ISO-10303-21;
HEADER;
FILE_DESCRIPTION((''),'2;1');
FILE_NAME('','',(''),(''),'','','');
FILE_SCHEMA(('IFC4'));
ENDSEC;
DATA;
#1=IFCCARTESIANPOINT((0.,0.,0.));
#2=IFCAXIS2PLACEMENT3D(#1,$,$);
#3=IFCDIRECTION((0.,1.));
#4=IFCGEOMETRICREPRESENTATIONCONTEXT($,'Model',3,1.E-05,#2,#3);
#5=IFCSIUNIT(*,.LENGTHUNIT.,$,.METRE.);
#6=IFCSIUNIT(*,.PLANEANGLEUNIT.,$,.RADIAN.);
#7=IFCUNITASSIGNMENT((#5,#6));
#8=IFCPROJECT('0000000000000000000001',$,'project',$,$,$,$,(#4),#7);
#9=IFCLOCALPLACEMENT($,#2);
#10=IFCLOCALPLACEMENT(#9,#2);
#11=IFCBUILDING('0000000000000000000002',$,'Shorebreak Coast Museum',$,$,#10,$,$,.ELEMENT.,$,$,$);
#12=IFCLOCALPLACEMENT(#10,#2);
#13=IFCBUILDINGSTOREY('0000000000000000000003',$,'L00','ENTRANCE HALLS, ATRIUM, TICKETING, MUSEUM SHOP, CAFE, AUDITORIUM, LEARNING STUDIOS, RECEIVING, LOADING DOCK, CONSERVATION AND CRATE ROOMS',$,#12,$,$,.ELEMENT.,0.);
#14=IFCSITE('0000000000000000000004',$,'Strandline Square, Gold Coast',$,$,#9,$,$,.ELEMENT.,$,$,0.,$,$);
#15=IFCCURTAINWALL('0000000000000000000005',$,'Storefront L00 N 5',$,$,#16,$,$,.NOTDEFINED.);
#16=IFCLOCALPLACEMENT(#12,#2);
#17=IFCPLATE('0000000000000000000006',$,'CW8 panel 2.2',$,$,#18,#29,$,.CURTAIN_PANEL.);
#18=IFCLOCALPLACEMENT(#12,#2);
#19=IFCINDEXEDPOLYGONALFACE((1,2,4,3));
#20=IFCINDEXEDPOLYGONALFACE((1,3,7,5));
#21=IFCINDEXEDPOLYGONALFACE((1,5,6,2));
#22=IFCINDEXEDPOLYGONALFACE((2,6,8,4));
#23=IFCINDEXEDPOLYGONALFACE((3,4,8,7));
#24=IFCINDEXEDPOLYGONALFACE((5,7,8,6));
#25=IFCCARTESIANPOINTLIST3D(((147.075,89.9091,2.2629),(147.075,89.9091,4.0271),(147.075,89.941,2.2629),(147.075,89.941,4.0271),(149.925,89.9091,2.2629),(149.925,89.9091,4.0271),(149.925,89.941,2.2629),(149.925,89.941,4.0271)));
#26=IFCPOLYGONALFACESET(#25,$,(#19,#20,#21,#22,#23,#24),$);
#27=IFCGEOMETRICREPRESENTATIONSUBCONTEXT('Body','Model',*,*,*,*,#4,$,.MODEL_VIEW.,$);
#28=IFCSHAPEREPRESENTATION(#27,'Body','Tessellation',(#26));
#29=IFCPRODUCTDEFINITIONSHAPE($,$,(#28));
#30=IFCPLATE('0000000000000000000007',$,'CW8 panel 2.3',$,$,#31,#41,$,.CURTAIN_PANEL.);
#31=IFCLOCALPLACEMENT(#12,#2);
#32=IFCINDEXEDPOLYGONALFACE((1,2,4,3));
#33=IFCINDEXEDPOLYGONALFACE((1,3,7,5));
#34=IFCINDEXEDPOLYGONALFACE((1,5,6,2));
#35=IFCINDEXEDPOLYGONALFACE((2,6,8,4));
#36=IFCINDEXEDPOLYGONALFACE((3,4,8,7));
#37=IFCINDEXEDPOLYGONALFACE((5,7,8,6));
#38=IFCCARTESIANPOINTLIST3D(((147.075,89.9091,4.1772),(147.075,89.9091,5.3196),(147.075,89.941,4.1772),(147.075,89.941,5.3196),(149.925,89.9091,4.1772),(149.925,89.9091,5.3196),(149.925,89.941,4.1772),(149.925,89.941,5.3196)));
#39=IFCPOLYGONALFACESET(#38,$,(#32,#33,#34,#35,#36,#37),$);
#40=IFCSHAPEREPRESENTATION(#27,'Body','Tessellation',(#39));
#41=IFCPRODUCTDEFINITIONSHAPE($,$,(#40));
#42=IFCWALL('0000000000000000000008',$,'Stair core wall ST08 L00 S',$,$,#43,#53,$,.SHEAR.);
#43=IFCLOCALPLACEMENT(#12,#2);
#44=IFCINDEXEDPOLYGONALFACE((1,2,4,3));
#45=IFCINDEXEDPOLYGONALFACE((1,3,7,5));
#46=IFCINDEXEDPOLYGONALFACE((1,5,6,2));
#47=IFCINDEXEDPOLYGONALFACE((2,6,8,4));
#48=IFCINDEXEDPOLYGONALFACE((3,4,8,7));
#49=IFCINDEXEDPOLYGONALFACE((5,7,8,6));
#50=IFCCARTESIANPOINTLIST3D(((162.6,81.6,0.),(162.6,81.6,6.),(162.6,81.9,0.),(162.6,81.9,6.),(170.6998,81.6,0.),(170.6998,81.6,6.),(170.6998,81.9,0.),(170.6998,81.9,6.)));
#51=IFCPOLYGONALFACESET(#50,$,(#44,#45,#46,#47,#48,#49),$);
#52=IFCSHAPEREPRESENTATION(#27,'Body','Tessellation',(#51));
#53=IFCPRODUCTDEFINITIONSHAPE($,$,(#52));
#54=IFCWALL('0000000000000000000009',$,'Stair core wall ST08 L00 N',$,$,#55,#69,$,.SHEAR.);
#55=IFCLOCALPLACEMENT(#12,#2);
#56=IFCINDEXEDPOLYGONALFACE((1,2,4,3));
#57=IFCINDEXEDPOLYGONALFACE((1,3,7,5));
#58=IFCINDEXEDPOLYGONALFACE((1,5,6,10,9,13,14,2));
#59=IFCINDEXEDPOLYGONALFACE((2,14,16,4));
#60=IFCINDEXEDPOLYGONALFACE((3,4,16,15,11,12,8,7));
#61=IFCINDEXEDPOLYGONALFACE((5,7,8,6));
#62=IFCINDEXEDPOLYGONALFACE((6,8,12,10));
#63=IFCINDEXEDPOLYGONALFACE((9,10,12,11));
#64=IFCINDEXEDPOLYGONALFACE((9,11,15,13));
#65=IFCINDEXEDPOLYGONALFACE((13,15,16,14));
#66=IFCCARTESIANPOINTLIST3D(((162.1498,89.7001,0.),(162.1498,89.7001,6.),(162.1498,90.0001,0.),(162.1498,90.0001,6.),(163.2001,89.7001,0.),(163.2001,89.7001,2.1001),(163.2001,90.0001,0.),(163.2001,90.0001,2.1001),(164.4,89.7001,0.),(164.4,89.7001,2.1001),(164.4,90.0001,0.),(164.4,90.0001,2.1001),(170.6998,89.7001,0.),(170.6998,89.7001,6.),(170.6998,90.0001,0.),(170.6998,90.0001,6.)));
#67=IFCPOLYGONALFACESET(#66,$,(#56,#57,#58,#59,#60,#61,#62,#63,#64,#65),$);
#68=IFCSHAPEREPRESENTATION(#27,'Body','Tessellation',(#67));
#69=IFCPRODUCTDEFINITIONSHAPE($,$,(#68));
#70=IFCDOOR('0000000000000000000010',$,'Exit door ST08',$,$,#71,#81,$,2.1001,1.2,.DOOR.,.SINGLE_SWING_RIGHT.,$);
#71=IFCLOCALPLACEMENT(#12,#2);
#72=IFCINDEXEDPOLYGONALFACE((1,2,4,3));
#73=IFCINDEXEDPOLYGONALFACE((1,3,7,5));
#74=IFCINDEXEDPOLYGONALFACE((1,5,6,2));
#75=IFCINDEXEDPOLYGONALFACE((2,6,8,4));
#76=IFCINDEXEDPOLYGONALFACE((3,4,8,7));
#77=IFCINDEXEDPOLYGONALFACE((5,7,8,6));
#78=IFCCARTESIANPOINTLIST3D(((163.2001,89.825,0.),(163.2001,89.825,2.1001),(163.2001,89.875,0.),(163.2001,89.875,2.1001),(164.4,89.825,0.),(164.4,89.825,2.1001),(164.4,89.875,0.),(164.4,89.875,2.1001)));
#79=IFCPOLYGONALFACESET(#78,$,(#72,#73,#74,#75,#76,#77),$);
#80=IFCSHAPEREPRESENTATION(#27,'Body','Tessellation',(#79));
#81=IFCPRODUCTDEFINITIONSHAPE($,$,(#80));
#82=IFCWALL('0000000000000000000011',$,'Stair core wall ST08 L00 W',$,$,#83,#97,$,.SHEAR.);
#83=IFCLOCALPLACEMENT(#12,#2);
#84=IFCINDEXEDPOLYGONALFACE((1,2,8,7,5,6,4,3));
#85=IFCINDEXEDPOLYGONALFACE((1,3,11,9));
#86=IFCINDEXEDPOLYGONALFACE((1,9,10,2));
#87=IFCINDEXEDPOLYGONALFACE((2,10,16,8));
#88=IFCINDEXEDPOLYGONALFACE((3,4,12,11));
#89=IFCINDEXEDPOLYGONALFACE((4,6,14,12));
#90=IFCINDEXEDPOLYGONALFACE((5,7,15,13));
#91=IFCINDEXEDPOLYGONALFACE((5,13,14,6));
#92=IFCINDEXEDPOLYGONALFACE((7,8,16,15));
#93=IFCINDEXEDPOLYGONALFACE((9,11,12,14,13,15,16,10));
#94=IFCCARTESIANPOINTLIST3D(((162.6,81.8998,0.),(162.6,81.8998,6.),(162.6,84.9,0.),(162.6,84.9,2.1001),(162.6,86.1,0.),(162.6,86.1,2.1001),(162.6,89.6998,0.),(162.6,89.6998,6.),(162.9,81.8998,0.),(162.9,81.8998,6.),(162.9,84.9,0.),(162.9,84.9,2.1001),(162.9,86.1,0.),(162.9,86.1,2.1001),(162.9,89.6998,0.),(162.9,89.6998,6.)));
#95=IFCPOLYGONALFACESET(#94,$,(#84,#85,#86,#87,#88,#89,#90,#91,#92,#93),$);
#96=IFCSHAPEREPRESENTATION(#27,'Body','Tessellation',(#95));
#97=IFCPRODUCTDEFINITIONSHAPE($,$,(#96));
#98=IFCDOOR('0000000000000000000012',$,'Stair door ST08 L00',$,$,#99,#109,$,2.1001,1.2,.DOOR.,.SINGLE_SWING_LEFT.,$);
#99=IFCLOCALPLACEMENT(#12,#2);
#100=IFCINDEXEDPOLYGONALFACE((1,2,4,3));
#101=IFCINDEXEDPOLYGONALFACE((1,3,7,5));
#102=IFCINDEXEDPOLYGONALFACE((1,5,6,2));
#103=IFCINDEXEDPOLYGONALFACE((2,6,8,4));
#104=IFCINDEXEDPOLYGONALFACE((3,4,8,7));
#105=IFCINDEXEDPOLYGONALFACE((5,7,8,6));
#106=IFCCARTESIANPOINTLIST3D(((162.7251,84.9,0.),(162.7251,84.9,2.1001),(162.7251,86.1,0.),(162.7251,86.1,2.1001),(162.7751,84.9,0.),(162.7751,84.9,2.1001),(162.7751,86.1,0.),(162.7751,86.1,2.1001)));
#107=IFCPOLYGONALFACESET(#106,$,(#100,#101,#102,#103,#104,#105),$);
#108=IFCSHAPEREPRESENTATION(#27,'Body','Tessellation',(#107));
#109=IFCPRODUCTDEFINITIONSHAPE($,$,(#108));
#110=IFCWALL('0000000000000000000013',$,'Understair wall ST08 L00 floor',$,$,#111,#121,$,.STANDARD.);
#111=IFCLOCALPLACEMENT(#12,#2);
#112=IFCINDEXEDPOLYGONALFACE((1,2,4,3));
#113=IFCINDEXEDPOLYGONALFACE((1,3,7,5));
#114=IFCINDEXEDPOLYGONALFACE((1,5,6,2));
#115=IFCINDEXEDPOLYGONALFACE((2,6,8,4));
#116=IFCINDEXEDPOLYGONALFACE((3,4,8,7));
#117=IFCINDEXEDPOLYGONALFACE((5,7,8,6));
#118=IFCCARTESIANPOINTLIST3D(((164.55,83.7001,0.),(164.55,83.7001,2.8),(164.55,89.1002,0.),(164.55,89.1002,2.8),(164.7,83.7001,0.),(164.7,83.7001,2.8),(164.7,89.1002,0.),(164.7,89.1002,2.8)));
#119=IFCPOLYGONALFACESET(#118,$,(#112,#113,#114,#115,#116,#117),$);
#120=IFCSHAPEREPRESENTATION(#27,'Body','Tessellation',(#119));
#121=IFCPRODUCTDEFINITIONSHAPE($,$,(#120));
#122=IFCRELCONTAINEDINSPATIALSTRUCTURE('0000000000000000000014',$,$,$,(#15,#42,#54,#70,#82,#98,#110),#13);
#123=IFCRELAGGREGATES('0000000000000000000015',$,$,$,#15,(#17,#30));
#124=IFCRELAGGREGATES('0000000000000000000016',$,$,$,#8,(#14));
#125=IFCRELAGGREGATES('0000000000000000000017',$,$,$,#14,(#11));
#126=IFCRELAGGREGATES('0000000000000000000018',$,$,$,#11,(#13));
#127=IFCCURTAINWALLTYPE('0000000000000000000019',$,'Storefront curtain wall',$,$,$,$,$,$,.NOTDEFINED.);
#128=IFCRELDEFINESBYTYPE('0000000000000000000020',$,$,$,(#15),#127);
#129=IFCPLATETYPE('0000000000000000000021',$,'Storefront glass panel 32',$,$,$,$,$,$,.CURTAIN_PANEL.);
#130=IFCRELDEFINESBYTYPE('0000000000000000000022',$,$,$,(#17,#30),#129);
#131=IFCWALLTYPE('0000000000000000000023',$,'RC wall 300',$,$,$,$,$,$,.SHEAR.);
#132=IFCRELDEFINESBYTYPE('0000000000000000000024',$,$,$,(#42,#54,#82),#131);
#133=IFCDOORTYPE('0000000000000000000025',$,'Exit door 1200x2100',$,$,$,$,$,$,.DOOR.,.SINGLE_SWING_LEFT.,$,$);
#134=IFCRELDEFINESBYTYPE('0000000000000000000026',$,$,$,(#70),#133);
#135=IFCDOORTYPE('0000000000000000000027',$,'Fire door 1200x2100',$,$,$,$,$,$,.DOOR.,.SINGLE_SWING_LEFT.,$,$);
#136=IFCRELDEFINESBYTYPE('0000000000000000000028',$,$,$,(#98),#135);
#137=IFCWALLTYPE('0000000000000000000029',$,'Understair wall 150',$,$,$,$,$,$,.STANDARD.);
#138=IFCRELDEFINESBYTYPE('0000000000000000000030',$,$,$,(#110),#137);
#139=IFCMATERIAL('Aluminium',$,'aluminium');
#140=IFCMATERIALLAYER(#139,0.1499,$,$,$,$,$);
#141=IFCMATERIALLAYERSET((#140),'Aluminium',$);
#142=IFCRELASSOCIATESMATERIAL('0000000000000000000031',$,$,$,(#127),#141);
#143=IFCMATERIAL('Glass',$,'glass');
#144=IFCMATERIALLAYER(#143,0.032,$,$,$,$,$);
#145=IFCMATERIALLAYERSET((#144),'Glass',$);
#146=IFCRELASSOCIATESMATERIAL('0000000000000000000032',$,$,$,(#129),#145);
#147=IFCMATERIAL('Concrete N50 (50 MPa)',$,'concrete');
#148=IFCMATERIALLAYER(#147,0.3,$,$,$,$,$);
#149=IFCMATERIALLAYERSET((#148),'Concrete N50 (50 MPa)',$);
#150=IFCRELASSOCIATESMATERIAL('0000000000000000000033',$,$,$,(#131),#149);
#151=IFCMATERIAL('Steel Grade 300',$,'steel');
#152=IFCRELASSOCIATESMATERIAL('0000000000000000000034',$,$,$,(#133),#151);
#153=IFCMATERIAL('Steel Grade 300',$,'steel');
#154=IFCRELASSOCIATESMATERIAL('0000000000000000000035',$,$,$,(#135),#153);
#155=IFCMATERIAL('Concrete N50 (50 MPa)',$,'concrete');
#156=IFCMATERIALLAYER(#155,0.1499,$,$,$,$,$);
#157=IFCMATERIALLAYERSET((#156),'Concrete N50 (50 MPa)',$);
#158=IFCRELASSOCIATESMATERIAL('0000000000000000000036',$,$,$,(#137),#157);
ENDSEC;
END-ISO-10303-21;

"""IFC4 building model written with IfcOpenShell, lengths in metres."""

from ifc_helpers import new_model, si_unit, direction, frame, frame_2d, origin, origin_2d, place, context, subcontext, project, spatial, rectangle, extrude, material, layer, layer_set, type_object, element, fill, aggregate, save


model = new_model("IFC4")

# Units and contexts
model_context = context("Model", 3, precision=1e-05, world=origin(), true_north=direction((0.0, 1.0)))
body_context = subcontext(model_context, "Body", "Model", "MODEL_VIEW")
ifc_project = project(units=[si_unit("LENGTHUNIT", "METRE"), si_unit("PLANEANGLEUNIT", "RADIAN")], contexts=[model_context])

# Site, building, storey
site_placement = place(None, origin())
site = spatial("IfcSite", under=ifc_project, at=site_placement, Name="Strandline Square, Gold Coast", CompositionType="ELEMENT", RefElevation=0.0)
building_placement = place(site_placement, origin())
building = spatial("IfcBuilding", under=site, at=building_placement, Name="Shorebreak Coast Museum", CompositionType="ELEMENT")
storey_placement = place(building_placement, origin())
storey = spatial("IfcBuildingStorey", under=building, at=storey_placement, Name="L00", Description="ENTRANCE HALLS, ATRIUM, TICKETING, MUSEUM SHOP, CAFE, AUDITORIUM, LEARNING STUDIOS, RECEIVING, LOADING DOCK, CONSERVATION AND CRATE ROOMS", CompositionType="ELEMENT", Elevation=0.0)

# Curtain wall, plates
ifc_material_1 = material(Name="Aluminium", Category="aluminium")
ifc_layer_1 = layer(ifc_material_1, 0.1499)
ifc_layer_set_1 = layer_set([ifc_layer_1], Name="Aluminium")
curtain_wall_type = type_object("IfcCurtainWallType", Name="Storefront curtain wall", PredefinedType="NOTDEFINED", material=ifc_layer_set_1)
curtain_wall_placement = place(storey_placement, origin())
curtain_wall = element("IfcCurtainWall", 1, at=curtain_wall_placement, inside=storey, type_object=curtain_wall_type, Name="Storefront L00 N 5", PredefinedType="NOTDEFINED")
ifc_material_2 = material(Name="Glass", Category="glass")
ifc_layer_2 = layer(ifc_material_2, 0.032)
ifc_layer_set_2 = layer_set([ifc_layer_2], Name="Glass")
plate_type = type_object("IfcPlateType", Name="Storefront glass panel 32", PredefinedType="CURTAIN_PANEL", material=ifc_layer_set_2)
plate_1_placement = place(storey_placement, frame((148.5, 89.925, 2.2629), z_axis=(0.0, 0.0, 1.0), x_axis=(1.0, 0.0, 0.0)))
plate_1 = element("IfcPlate", 2, at=plate_1_placement, type_object=plate_type, Name="CW8 panel 2.2", PredefinedType="CURTAIN_PANEL", context=body_context, shape_type="SweptSolid", body=[
    extrude(rectangle(XDim=2.8501, YDim=0.032, at=origin_2d()), origin(), (0.0, 0.0, 1.0), 1.7642),
])
plate_2_placement = place(storey_placement, frame((148.5, 89.925, 4.1772), z_axis=(0.0, 0.0, 1.0), x_axis=(1.0, 0.0, 0.0)))
plate_2 = element("IfcPlate", 3, at=plate_2_placement, type_object=plate_type, Name="CW8 panel 2.3", PredefinedType="CURTAIN_PANEL", context=body_context, shape_type="SweptSolid", body=[
    extrude(rectangle(XDim=2.8501, YDim=0.032, at=origin_2d()), origin(), (0.0, 0.0, 1.0), 1.1423),
])
aggregate(curtain_wall, [plate_1, plate_2])

# Wall
ifc_material_3 = material(Name="Concrete N50 (50 MPa)", Category="concrete")
ifc_layer_3 = layer(ifc_material_3, 0.3)
ifc_layer_set_3 = layer_set([ifc_layer_3], Name="Concrete N50 (50 MPa)")
wall_type_1 = type_object("IfcWallType", Name="RC wall 300", PredefinedType="SHEAR", material=ifc_layer_set_3)
wall_1_placement = place(storey_placement, frame((162.6001, 81.75, 0.0), z_axis=(0.0, 0.0, 1.0), x_axis=(1.0, 0.0, 0.0)))
element("IfcWall", 4, at=wall_1_placement, inside=storey, type_object=wall_type_1, Name="Stair core wall ST08 L00 S", PredefinedType="SHEAR", context=body_context, shape_type="SweptSolid", body=[
    extrude(rectangle(XDim=8.0999, YDim=0.3, at=frame_2d((4.0498, 0.0))), origin(), (0.0, 0.0, 1.0), 6.0),
])

# Walls, openings, doors
wall_2_placement = place(storey_placement, frame((162.1499, 89.8501, 0.0), z_axis=(0.0, 0.0, 1.0), x_axis=(1.0, 0.0, 0.0)))
wall_2 = element("IfcWall", 5, at=wall_2_placement, inside=storey, type_object=wall_type_1, Name="Stair core wall ST08 L00 N", PredefinedType="SHEAR", context=body_context, shape_type="SweptSolid", body=[
    extrude(rectangle(XDim=8.55, YDim=0.3, at=frame_2d((4.2749, 0.0))), origin(), (0.0, 0.0, 1.0), 6.0),
])
opening_1_placement = place(wall_2_placement, frame((1.05, 0.0, 0.0)))
opening_1 = element("IfcOpeningElement", 6, at=opening_1_placement, cuts=wall_2, PredefinedType="OPENING", context=body_context, shape_type="SweptSolid", body=[
    extrude(rectangle(XDim=1.2, YDim=2.1001, at=frame_2d((0.6001, 1.05))), frame((0.0, 0.1599, 0.0), z_axis=(0.0, -1.0, 0.0), x_axis=(1.0, 0.0, 0.0)), (0.0, 0.0, 1.0), 0.3201),
])
ifc_material_4 = material(Name="Steel Grade 300", Category="steel")
door_type_1 = type_object("IfcDoorType", Name="Exit door 1200x2100", OperationType="SINGLE_SWING_LEFT", PredefinedType="DOOR", material=ifc_material_4)
door_1_placement = place(opening_1_placement, origin())
door_1 = element("IfcDoor", 7, at=door_1_placement, inside=storey, type_object=door_type_1, Name="Exit door ST08", OperationType="SINGLE_SWING_RIGHT", OverallHeight=2.1001, OverallWidth=1.2, PredefinedType="DOOR", context=body_context, shape_type="SweptSolid", body=[
    extrude(rectangle(XDim=1.2, YDim=2.1001, at=frame_2d((0.6001, 1.05))), frame((0.0, 0.0249, 0.0), z_axis=(0.0, -1.0, 0.0), x_axis=(1.0, 0.0, 0.0)), (0.0, 0.0, 1.0), 0.05),
])
fill(opening_1, door_1)
wall_3_placement = place(storey_placement, frame((162.75, 81.8999, 0.0), z_axis=(0.0, 0.0, 1.0), x_axis=(0.0, 1.0, 0.0)))
wall_3 = element("IfcWall", 8, at=wall_3_placement, inside=storey, type_object=wall_type_1, Name="Stair core wall ST08 L00 W", PredefinedType="SHEAR", context=body_context, shape_type="SweptSolid", body=[
    extrude(rectangle(XDim=7.8, YDim=0.3, at=frame_2d((3.8999, 0.0))), origin(), (0.0, 0.0, 1.0), 6.0),
])
opening_2_placement = place(wall_3_placement, frame((3.0, 0.0, 0.0)))
opening_2 = element("IfcOpeningElement", 9, at=opening_2_placement, cuts=wall_3, PredefinedType="OPENING", context=body_context, shape_type="SweptSolid", body=[
    extrude(rectangle(XDim=1.2, YDim=2.1001, at=frame_2d((0.6001, 1.05))), frame((0.0, 0.1599, 0.0), z_axis=(0.0, -1.0, 0.0), x_axis=(1.0, 0.0, 0.0)), (0.0, 0.0, 1.0), 0.3201),
])
ifc_material_5 = material(Name="Steel Grade 300", Category="steel")
door_type_2 = type_object("IfcDoorType", Name="Fire door 1200x2100", OperationType="SINGLE_SWING_LEFT", PredefinedType="DOOR", material=ifc_material_5)
door_2_placement = place(opening_2_placement, origin())
door_2 = element("IfcDoor", 10, at=door_2_placement, inside=storey, type_object=door_type_2, Name="Stair door ST08 L00", OperationType="SINGLE_SWING_LEFT", OverallHeight=2.1001, OverallWidth=1.2, PredefinedType="DOOR", context=body_context, shape_type="SweptSolid", body=[
    extrude(rectangle(XDim=1.2, YDim=2.1001, at=frame_2d((0.6001, 1.05))), frame((0.0, 0.0249, 0.0), z_axis=(0.0, -1.0, 0.0), x_axis=(1.0, 0.0, 0.0)), (0.0, 0.0, 1.0), 0.05),
])
fill(opening_2, door_2)

# Wall
ifc_material_6 = material(Name="Concrete N50 (50 MPa)", Category="concrete")
ifc_layer_4 = layer(ifc_material_6, 0.1499)
ifc_layer_set_4 = layer_set([ifc_layer_4], Name="Concrete N50 (50 MPa)")
wall_type_2 = type_object("IfcWallType", Name="Understair wall 150", PredefinedType="STANDARD", material=ifc_layer_set_4)
wall_4_placement = place(storey_placement, frame((164.625, 83.7, 0.0), z_axis=(0.0, 0.0, 1.0), x_axis=(0.0, 1.0, 0.0)))
element("IfcWall", 11, at=wall_4_placement, inside=storey, type_object=wall_type_2, Name="Understair wall ST08 L00 floor", PredefinedType="STANDARD", context=body_context, shape_type="SweptSolid", body=[
    extrude(rectangle(XDim=5.4001, YDim=0.1499, at=frame_2d((2.7002, 0.0))), origin(), (0.0, 0.0, 1.0), 2.8),
])

save(model, "model.ifc")
